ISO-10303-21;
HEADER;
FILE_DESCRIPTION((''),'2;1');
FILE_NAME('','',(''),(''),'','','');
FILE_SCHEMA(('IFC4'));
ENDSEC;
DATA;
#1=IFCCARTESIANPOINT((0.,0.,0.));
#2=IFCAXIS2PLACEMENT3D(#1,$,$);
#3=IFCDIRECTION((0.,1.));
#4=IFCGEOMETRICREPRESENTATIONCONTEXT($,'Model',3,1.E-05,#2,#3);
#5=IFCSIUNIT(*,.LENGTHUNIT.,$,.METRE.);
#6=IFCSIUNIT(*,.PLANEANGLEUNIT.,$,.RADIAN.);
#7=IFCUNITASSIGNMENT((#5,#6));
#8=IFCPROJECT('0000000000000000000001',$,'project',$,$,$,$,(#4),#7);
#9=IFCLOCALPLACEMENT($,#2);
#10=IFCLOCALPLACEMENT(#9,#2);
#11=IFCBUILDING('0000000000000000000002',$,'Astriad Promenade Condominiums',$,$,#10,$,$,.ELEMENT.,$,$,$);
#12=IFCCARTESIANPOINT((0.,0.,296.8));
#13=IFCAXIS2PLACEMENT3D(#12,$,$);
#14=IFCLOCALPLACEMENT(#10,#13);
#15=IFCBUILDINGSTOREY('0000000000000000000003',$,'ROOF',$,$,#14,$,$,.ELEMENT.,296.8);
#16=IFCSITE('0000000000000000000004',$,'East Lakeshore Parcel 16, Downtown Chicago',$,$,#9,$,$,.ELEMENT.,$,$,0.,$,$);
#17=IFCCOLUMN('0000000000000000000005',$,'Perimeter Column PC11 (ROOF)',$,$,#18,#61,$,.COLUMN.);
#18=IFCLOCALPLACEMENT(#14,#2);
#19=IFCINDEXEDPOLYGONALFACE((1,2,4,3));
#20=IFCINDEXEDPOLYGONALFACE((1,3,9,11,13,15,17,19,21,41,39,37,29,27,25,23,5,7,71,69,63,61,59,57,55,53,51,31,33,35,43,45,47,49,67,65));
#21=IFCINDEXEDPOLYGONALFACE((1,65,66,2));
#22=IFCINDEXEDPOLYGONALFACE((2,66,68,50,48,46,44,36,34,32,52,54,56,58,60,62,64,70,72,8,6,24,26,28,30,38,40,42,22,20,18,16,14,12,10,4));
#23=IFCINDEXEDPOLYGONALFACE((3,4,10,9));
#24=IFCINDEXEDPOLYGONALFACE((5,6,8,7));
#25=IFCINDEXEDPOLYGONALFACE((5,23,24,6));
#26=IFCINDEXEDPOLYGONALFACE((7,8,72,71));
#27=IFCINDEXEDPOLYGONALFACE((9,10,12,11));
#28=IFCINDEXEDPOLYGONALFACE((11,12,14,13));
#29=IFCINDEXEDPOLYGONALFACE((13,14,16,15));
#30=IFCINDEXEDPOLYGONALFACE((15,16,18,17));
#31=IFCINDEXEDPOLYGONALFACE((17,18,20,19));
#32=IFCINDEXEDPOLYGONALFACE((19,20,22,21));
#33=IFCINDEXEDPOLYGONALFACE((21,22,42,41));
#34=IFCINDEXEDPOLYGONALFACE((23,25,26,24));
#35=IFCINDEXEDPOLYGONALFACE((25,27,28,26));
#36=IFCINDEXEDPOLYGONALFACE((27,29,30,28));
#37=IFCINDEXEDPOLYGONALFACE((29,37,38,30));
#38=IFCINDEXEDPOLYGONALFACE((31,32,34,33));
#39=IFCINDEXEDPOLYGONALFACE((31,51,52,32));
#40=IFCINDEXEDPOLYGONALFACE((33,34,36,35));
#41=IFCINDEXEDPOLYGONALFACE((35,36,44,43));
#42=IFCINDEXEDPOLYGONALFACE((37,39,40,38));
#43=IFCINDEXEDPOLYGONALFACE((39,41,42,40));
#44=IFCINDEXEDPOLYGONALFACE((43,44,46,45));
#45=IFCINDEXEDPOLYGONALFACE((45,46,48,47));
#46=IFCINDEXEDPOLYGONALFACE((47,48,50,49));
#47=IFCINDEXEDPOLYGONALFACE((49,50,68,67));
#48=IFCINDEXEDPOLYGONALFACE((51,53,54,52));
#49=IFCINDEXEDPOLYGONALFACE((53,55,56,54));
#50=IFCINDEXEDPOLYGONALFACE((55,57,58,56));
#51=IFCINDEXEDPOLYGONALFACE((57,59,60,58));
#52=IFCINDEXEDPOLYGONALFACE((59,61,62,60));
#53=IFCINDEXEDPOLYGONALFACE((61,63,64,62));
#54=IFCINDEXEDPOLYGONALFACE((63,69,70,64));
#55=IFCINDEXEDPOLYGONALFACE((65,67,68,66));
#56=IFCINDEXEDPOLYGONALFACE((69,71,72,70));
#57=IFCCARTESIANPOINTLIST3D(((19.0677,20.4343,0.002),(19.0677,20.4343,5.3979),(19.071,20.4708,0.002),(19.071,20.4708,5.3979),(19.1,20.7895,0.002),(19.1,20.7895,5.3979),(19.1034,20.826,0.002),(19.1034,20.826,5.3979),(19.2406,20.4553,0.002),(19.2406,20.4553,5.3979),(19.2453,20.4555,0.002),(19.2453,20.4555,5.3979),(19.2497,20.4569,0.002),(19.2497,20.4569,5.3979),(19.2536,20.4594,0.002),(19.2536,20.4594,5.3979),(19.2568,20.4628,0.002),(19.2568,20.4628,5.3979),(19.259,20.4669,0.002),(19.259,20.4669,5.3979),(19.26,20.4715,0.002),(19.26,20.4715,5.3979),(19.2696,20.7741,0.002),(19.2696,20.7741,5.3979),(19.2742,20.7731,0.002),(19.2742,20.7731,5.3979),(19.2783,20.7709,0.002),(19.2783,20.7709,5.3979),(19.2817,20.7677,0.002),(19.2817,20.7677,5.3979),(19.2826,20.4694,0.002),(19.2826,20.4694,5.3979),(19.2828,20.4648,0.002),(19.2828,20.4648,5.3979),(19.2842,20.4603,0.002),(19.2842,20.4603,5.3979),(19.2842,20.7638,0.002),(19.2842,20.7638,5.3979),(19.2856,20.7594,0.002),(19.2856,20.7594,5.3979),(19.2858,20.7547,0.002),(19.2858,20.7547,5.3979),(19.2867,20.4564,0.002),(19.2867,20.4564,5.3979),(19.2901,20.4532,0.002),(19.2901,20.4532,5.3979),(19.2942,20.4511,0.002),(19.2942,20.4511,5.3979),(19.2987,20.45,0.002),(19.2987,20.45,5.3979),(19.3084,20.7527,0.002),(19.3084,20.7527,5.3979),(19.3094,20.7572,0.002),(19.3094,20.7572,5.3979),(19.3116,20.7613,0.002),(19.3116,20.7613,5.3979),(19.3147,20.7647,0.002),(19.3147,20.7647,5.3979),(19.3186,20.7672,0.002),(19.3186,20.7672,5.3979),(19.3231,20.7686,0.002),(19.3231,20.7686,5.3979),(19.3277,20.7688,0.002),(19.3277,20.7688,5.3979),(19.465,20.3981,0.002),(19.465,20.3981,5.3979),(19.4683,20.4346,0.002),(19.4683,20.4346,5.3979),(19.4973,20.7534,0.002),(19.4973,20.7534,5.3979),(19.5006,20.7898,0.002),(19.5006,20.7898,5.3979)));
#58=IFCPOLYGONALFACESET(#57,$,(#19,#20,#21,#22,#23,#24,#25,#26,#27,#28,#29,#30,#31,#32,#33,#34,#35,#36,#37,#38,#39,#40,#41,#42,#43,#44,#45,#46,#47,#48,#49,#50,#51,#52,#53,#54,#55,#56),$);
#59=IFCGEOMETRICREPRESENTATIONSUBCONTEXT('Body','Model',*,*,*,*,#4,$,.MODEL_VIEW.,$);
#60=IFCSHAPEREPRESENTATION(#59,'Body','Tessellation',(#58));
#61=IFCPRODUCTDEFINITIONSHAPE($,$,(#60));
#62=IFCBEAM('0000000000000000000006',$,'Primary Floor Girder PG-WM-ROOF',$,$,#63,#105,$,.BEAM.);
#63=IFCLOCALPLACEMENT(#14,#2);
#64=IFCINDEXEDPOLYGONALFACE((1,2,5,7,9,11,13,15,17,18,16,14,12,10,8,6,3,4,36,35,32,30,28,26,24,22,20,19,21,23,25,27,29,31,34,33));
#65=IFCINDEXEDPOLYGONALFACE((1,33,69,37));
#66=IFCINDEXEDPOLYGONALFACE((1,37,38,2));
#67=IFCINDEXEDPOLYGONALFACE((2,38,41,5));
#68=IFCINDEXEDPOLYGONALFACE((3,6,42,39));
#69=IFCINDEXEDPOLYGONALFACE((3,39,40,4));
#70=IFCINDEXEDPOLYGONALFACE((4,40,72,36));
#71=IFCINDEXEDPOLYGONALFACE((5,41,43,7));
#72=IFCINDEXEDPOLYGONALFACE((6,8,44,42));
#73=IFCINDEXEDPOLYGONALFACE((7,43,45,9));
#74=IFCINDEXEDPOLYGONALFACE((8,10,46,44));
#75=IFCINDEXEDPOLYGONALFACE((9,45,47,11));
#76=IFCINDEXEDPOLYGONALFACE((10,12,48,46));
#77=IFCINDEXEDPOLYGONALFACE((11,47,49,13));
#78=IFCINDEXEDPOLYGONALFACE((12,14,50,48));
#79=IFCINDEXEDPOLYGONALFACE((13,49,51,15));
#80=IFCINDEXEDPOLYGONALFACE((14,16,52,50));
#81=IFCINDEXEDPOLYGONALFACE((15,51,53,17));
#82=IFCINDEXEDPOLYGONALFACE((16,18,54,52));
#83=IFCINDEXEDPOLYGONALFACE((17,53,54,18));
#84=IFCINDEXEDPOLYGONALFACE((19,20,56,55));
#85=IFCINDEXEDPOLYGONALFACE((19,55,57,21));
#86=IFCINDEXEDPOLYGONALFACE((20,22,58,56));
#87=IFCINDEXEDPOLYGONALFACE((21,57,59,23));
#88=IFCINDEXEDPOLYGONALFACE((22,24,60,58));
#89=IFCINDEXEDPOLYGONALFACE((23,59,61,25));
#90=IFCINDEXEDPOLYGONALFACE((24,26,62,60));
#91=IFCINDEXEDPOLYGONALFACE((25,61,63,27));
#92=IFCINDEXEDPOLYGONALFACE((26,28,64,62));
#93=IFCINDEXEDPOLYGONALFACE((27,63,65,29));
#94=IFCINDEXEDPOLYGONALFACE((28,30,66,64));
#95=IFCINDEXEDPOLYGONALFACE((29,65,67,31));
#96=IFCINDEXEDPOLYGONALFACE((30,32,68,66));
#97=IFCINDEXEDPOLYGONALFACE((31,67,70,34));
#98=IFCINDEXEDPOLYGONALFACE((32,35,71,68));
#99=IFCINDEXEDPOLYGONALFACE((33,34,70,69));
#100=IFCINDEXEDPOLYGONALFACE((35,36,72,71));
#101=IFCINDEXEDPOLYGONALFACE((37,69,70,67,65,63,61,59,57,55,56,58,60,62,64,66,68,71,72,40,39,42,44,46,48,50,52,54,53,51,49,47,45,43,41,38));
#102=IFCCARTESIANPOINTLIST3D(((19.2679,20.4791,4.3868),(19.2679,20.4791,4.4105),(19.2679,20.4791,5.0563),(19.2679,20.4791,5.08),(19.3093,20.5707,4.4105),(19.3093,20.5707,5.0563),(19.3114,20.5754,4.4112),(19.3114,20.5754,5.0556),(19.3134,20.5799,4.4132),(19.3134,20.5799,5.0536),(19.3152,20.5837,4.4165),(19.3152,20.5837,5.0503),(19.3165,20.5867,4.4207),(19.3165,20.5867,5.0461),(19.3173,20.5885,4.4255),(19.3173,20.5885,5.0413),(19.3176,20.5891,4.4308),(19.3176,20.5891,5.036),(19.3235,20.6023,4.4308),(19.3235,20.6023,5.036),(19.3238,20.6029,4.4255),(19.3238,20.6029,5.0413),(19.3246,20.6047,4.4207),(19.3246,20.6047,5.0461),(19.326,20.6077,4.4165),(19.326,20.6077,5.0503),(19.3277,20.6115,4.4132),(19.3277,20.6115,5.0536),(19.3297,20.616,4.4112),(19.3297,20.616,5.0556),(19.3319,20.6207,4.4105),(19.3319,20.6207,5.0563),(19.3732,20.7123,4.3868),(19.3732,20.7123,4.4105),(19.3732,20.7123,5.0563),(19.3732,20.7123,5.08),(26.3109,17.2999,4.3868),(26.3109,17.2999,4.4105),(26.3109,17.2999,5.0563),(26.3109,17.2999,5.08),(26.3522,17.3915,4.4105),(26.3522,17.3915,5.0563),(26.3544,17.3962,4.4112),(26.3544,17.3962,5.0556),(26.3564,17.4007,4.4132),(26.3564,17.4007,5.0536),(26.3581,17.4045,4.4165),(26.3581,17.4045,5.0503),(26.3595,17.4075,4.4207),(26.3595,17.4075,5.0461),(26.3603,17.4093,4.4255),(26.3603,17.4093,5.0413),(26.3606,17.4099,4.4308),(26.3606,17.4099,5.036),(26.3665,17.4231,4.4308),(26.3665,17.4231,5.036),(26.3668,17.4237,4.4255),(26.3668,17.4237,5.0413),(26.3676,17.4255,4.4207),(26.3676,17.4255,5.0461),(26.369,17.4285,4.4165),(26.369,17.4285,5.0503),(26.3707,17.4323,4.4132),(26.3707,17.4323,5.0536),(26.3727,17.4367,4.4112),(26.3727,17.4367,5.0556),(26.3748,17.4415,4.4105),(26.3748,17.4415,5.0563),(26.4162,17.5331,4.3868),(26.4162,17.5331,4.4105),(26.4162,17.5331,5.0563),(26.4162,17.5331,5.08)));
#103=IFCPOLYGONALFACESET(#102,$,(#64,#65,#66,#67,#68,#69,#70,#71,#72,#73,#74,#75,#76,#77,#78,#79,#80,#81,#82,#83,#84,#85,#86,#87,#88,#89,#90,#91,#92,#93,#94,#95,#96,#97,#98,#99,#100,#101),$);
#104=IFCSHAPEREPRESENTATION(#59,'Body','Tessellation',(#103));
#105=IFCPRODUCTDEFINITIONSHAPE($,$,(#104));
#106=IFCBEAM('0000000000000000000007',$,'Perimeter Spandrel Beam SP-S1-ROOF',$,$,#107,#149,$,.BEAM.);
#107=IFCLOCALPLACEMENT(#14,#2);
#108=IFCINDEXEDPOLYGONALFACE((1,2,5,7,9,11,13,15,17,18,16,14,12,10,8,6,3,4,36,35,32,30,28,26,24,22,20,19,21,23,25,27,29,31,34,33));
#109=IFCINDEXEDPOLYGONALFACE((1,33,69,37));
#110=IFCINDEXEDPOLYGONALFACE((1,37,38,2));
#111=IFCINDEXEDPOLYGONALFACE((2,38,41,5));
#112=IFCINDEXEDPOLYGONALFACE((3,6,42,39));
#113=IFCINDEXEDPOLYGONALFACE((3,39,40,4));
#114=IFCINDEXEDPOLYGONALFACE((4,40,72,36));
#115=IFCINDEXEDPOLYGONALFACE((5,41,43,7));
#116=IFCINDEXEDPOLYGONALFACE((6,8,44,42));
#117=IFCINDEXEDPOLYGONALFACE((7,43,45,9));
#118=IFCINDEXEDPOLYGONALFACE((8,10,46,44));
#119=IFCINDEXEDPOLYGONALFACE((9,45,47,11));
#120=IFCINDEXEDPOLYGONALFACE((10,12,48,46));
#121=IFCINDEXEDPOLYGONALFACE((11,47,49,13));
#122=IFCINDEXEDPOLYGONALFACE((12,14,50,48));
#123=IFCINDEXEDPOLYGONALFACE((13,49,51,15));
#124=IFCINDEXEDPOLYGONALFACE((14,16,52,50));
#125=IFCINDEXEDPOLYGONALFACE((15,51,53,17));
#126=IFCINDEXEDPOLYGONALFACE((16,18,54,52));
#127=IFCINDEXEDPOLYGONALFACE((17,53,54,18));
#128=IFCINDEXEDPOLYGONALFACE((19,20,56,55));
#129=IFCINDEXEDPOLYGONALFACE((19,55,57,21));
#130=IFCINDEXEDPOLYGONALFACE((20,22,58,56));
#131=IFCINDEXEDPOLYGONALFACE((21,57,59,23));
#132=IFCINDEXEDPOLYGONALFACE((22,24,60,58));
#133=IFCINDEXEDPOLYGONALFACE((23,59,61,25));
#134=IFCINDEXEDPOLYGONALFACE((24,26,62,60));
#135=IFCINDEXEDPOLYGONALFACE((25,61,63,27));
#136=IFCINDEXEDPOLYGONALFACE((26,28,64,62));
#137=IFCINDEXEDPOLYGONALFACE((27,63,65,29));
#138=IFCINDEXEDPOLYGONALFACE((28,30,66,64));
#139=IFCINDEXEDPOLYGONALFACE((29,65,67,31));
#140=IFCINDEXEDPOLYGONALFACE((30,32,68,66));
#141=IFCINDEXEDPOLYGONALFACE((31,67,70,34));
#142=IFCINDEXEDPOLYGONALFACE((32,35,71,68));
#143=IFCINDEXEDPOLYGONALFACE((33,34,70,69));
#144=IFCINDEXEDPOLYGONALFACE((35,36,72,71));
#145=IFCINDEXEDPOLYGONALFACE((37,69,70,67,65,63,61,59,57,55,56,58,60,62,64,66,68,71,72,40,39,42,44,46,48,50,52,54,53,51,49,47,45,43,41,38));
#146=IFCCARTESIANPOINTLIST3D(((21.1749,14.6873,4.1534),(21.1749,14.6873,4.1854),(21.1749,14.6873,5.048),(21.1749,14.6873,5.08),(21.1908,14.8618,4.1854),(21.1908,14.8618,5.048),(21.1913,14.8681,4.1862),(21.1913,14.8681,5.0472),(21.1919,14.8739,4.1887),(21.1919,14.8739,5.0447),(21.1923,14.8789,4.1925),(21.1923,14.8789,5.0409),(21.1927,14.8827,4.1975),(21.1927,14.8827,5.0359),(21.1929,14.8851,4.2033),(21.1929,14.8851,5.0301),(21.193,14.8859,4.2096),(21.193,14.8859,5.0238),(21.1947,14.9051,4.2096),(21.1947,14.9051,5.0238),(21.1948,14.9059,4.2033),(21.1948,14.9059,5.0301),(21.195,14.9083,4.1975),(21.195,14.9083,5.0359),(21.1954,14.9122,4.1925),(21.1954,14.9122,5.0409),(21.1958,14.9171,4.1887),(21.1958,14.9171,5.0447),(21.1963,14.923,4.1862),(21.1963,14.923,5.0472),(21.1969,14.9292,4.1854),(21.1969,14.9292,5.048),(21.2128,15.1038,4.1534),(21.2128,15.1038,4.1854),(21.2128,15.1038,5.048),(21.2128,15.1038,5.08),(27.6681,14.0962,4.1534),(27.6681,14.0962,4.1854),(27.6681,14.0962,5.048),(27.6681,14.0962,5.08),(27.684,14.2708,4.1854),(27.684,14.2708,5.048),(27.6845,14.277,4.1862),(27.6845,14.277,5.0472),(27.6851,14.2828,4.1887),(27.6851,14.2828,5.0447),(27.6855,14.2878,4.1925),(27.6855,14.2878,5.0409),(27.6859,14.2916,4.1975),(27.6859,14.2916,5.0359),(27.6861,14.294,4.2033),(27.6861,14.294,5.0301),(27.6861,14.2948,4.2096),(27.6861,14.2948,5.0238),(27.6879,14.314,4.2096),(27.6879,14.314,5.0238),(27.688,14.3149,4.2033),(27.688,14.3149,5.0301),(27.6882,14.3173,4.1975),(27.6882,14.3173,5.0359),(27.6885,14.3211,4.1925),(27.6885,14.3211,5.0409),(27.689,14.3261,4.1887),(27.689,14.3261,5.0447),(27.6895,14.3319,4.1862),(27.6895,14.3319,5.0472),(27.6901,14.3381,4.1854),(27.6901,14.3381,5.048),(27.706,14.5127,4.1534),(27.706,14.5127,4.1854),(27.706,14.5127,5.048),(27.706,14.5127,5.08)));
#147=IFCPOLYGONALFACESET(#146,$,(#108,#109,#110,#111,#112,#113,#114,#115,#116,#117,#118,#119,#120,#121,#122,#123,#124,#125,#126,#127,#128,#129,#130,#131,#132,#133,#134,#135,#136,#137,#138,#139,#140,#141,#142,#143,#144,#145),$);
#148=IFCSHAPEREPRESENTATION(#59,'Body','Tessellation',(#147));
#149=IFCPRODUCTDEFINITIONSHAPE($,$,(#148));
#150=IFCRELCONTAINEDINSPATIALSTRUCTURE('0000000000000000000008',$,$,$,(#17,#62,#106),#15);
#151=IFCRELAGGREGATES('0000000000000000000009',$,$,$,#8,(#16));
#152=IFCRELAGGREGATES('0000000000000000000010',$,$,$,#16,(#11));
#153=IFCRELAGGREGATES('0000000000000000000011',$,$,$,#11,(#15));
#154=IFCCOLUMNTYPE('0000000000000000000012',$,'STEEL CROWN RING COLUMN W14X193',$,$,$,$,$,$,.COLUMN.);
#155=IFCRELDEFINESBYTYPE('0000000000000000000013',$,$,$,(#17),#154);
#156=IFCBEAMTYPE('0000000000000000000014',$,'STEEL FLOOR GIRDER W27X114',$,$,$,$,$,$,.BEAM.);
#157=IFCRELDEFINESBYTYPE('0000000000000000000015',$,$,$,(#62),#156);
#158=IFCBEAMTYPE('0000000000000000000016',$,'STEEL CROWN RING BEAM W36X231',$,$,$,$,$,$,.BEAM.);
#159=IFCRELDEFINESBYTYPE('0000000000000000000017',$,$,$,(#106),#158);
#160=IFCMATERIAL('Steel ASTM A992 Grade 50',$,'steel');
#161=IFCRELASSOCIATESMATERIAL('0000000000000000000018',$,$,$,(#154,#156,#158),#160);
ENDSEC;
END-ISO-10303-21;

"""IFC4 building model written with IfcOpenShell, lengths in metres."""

from ifc_helpers import new_model, si_unit, direction, frame, origin, origin_2d, place, context, subcontext, project, spatial, i_section, extrude, source, transform, mapped, material, material_profile, profile_set, type_object, type_shapes, element, save


model = new_model("IFC4")

# Units and contexts
model_context = context("Model", 3, precision=1e-05, world=origin(), true_north=direction((0.0, 1.0)))
body_context = subcontext(model_context, "Body", "Model", "MODEL_VIEW")
ifc_project = project(units=[si_unit("LENGTHUNIT", "METRE"), si_unit("PLANEANGLEUNIT", "RADIAN")], contexts=[model_context])

# Site, building, storey
site_placement = place(None, origin())
site = spatial("IfcSite", under=ifc_project, at=site_placement, Name="East Lakeshore Parcel 16, Downtown Chicago", CompositionType="ELEMENT", RefElevation=0.0)
building_placement = place(site_placement, origin())
building = spatial("IfcBuilding", under=site, at=building_placement, Name="Astriad Promenade Condominiums", CompositionType="ELEMENT")
storey_placement = place(building_placement, frame((0.0, 0.0, 296.8)))
storey = spatial("IfcBuildingStorey", under=building, at=storey_placement, Name="ROOF", CompositionType="ELEMENT", Elevation=296.8)

# Column
ifc_material_1 = material(Name="Steel ASTM A992 Grade 50", Category="steel")
ifc_material_profile_1 = material_profile(ifc_material_1, i_section(OverallWidth=0.3989, OverallDepth=0.3933, WebThickness=0.0227, FlangeThickness=0.0366, FilletRadius=0.0178, at=origin_2d()), Name="W14X193")
ifc_profile_set_1 = profile_set([ifc_material_profile_1], Name="Steel ASTM A992 Grade 50")
column_type_1 = type_object("IfcColumnType", Name="STEEL CROWN RING COLUMN W14X193", PredefinedType="COLUMN", material=ifc_profile_set_1)
shared_shape_1 = source(origin(), body_context, "Body", "SweptSolid", [
    extrude(i_section(OverallWidth=0.3989, OverallDepth=0.3933, WebThickness=0.0227, FlangeThickness=0.0366, FilletRadius=0.0178, at=origin_2d()), origin(), (0.0, 0.0, 1.0), 5.396),
])
type_shapes(column_type_1, [shared_shape_1])
for number, where, z_axis, x_axis, name in (
    (1, (19.2842, 20.6121, 0.002), (0.0, 0.0, 1.0), (0.995884, -0.090633, 0.0), "Perimeter Column PC11 (ROOF)"),
):
    element("IfcColumn", number, at=place(storey_placement, frame(where, z_axis=z_axis, x_axis=x_axis)), inside=storey, type_object=column_type_1, Name=name, PredefinedType="COLUMN", context=body_context, shape_type="MappedRepresentation", body=[
        mapped(shared_shape_1, transform((0.0, 0.0, 0.0), scale=1.0)),
    ])

# Beams
ifc_material_profile_2 = material_profile(ifc_material_1, i_section(OverallWidth=0.2559, OverallDepth=0.6931, WebThickness=0.0144, FlangeThickness=0.0237, FilletRadius=0.0203, at=origin_2d()), Name="W27X114")
ifc_profile_set_2 = profile_set([ifc_material_profile_2], Name="Steel ASTM A992 Grade 50")
beam_type_1 = type_object("IfcBeamType", Name="STEEL FLOOR GIRDER W27X114", PredefinedType="BEAM", material=ifc_profile_set_2)
shared_shape_2 = source(origin(), body_context, "Body", "SweptSolid", [
    extrude(i_section(OverallWidth=0.2559, OverallDepth=0.6931, WebThickness=0.0144, FlangeThickness=0.0237, FilletRadius=0.0203, at=origin_2d()), origin(), (0.0, 0.0, 1.0), 7.7273),
])
type_shapes(beam_type_1, [shared_shape_2])
beam_1_placement = place(storey_placement, frame((19.3206, 20.5957, 4.7334), z_axis=(0.911443, -0.411426, 0.0), x_axis=(0.411426, 0.911443, 0.0)))
element("IfcBeam", 2, at=beam_1_placement, inside=storey, type_object=beam_type_1, Name="Primary Floor Girder PG-WM-ROOF", PredefinedType="BEAM", context=body_context, shape_type="MappedRepresentation", body=[
    mapped(shared_shape_2, transform((0.0, 0.0, 0.0), scale=1.0)),
])
ifc_material_profile_3 = material_profile(ifc_material_1, i_section(OverallWidth=0.4182, OverallDepth=0.9265, WebThickness=0.0193, FlangeThickness=0.032, FilletRadius=0.0242, at=origin_2d()), Name="W36X231")
ifc_profile_set_3 = profile_set([ifc_material_profile_3], Name="Steel ASTM A992 Grade 50")
beam_type_2 = type_object("IfcBeamType", Name="STEEL CROWN RING BEAM W36X231", PredefinedType="BEAM", material=ifc_profile_set_3)
shared_shape_3 = source(origin(), body_context, "Body", "SweptSolid", [
    extrude(i_section(OverallWidth=0.4182, OverallDepth=0.9265, WebThickness=0.0193, FlangeThickness=0.032, FilletRadius=0.0242, at=origin_2d()), origin(), (0.0, 0.0, 1.0), 6.52),
])
beam_2_placement = place(storey_placement, frame((21.1938, 14.8955, 4.6167), z_axis=(0.995882, -0.090654, 0.0), x_axis=(0.090654, 0.995882, 0.0)))
element("IfcBeam", 3, at=beam_2_placement, inside=storey, type_object=beam_type_2, Name="Perimeter Spandrel Beam SP-S1-ROOF", PredefinedType="BEAM", context=body_context, shape_type="MappedRepresentation", body=[
    mapped(shared_shape_3, transform((0.0, 0.0, 0.0), scale=1.0)),
])

save(model, "model.ifc")
